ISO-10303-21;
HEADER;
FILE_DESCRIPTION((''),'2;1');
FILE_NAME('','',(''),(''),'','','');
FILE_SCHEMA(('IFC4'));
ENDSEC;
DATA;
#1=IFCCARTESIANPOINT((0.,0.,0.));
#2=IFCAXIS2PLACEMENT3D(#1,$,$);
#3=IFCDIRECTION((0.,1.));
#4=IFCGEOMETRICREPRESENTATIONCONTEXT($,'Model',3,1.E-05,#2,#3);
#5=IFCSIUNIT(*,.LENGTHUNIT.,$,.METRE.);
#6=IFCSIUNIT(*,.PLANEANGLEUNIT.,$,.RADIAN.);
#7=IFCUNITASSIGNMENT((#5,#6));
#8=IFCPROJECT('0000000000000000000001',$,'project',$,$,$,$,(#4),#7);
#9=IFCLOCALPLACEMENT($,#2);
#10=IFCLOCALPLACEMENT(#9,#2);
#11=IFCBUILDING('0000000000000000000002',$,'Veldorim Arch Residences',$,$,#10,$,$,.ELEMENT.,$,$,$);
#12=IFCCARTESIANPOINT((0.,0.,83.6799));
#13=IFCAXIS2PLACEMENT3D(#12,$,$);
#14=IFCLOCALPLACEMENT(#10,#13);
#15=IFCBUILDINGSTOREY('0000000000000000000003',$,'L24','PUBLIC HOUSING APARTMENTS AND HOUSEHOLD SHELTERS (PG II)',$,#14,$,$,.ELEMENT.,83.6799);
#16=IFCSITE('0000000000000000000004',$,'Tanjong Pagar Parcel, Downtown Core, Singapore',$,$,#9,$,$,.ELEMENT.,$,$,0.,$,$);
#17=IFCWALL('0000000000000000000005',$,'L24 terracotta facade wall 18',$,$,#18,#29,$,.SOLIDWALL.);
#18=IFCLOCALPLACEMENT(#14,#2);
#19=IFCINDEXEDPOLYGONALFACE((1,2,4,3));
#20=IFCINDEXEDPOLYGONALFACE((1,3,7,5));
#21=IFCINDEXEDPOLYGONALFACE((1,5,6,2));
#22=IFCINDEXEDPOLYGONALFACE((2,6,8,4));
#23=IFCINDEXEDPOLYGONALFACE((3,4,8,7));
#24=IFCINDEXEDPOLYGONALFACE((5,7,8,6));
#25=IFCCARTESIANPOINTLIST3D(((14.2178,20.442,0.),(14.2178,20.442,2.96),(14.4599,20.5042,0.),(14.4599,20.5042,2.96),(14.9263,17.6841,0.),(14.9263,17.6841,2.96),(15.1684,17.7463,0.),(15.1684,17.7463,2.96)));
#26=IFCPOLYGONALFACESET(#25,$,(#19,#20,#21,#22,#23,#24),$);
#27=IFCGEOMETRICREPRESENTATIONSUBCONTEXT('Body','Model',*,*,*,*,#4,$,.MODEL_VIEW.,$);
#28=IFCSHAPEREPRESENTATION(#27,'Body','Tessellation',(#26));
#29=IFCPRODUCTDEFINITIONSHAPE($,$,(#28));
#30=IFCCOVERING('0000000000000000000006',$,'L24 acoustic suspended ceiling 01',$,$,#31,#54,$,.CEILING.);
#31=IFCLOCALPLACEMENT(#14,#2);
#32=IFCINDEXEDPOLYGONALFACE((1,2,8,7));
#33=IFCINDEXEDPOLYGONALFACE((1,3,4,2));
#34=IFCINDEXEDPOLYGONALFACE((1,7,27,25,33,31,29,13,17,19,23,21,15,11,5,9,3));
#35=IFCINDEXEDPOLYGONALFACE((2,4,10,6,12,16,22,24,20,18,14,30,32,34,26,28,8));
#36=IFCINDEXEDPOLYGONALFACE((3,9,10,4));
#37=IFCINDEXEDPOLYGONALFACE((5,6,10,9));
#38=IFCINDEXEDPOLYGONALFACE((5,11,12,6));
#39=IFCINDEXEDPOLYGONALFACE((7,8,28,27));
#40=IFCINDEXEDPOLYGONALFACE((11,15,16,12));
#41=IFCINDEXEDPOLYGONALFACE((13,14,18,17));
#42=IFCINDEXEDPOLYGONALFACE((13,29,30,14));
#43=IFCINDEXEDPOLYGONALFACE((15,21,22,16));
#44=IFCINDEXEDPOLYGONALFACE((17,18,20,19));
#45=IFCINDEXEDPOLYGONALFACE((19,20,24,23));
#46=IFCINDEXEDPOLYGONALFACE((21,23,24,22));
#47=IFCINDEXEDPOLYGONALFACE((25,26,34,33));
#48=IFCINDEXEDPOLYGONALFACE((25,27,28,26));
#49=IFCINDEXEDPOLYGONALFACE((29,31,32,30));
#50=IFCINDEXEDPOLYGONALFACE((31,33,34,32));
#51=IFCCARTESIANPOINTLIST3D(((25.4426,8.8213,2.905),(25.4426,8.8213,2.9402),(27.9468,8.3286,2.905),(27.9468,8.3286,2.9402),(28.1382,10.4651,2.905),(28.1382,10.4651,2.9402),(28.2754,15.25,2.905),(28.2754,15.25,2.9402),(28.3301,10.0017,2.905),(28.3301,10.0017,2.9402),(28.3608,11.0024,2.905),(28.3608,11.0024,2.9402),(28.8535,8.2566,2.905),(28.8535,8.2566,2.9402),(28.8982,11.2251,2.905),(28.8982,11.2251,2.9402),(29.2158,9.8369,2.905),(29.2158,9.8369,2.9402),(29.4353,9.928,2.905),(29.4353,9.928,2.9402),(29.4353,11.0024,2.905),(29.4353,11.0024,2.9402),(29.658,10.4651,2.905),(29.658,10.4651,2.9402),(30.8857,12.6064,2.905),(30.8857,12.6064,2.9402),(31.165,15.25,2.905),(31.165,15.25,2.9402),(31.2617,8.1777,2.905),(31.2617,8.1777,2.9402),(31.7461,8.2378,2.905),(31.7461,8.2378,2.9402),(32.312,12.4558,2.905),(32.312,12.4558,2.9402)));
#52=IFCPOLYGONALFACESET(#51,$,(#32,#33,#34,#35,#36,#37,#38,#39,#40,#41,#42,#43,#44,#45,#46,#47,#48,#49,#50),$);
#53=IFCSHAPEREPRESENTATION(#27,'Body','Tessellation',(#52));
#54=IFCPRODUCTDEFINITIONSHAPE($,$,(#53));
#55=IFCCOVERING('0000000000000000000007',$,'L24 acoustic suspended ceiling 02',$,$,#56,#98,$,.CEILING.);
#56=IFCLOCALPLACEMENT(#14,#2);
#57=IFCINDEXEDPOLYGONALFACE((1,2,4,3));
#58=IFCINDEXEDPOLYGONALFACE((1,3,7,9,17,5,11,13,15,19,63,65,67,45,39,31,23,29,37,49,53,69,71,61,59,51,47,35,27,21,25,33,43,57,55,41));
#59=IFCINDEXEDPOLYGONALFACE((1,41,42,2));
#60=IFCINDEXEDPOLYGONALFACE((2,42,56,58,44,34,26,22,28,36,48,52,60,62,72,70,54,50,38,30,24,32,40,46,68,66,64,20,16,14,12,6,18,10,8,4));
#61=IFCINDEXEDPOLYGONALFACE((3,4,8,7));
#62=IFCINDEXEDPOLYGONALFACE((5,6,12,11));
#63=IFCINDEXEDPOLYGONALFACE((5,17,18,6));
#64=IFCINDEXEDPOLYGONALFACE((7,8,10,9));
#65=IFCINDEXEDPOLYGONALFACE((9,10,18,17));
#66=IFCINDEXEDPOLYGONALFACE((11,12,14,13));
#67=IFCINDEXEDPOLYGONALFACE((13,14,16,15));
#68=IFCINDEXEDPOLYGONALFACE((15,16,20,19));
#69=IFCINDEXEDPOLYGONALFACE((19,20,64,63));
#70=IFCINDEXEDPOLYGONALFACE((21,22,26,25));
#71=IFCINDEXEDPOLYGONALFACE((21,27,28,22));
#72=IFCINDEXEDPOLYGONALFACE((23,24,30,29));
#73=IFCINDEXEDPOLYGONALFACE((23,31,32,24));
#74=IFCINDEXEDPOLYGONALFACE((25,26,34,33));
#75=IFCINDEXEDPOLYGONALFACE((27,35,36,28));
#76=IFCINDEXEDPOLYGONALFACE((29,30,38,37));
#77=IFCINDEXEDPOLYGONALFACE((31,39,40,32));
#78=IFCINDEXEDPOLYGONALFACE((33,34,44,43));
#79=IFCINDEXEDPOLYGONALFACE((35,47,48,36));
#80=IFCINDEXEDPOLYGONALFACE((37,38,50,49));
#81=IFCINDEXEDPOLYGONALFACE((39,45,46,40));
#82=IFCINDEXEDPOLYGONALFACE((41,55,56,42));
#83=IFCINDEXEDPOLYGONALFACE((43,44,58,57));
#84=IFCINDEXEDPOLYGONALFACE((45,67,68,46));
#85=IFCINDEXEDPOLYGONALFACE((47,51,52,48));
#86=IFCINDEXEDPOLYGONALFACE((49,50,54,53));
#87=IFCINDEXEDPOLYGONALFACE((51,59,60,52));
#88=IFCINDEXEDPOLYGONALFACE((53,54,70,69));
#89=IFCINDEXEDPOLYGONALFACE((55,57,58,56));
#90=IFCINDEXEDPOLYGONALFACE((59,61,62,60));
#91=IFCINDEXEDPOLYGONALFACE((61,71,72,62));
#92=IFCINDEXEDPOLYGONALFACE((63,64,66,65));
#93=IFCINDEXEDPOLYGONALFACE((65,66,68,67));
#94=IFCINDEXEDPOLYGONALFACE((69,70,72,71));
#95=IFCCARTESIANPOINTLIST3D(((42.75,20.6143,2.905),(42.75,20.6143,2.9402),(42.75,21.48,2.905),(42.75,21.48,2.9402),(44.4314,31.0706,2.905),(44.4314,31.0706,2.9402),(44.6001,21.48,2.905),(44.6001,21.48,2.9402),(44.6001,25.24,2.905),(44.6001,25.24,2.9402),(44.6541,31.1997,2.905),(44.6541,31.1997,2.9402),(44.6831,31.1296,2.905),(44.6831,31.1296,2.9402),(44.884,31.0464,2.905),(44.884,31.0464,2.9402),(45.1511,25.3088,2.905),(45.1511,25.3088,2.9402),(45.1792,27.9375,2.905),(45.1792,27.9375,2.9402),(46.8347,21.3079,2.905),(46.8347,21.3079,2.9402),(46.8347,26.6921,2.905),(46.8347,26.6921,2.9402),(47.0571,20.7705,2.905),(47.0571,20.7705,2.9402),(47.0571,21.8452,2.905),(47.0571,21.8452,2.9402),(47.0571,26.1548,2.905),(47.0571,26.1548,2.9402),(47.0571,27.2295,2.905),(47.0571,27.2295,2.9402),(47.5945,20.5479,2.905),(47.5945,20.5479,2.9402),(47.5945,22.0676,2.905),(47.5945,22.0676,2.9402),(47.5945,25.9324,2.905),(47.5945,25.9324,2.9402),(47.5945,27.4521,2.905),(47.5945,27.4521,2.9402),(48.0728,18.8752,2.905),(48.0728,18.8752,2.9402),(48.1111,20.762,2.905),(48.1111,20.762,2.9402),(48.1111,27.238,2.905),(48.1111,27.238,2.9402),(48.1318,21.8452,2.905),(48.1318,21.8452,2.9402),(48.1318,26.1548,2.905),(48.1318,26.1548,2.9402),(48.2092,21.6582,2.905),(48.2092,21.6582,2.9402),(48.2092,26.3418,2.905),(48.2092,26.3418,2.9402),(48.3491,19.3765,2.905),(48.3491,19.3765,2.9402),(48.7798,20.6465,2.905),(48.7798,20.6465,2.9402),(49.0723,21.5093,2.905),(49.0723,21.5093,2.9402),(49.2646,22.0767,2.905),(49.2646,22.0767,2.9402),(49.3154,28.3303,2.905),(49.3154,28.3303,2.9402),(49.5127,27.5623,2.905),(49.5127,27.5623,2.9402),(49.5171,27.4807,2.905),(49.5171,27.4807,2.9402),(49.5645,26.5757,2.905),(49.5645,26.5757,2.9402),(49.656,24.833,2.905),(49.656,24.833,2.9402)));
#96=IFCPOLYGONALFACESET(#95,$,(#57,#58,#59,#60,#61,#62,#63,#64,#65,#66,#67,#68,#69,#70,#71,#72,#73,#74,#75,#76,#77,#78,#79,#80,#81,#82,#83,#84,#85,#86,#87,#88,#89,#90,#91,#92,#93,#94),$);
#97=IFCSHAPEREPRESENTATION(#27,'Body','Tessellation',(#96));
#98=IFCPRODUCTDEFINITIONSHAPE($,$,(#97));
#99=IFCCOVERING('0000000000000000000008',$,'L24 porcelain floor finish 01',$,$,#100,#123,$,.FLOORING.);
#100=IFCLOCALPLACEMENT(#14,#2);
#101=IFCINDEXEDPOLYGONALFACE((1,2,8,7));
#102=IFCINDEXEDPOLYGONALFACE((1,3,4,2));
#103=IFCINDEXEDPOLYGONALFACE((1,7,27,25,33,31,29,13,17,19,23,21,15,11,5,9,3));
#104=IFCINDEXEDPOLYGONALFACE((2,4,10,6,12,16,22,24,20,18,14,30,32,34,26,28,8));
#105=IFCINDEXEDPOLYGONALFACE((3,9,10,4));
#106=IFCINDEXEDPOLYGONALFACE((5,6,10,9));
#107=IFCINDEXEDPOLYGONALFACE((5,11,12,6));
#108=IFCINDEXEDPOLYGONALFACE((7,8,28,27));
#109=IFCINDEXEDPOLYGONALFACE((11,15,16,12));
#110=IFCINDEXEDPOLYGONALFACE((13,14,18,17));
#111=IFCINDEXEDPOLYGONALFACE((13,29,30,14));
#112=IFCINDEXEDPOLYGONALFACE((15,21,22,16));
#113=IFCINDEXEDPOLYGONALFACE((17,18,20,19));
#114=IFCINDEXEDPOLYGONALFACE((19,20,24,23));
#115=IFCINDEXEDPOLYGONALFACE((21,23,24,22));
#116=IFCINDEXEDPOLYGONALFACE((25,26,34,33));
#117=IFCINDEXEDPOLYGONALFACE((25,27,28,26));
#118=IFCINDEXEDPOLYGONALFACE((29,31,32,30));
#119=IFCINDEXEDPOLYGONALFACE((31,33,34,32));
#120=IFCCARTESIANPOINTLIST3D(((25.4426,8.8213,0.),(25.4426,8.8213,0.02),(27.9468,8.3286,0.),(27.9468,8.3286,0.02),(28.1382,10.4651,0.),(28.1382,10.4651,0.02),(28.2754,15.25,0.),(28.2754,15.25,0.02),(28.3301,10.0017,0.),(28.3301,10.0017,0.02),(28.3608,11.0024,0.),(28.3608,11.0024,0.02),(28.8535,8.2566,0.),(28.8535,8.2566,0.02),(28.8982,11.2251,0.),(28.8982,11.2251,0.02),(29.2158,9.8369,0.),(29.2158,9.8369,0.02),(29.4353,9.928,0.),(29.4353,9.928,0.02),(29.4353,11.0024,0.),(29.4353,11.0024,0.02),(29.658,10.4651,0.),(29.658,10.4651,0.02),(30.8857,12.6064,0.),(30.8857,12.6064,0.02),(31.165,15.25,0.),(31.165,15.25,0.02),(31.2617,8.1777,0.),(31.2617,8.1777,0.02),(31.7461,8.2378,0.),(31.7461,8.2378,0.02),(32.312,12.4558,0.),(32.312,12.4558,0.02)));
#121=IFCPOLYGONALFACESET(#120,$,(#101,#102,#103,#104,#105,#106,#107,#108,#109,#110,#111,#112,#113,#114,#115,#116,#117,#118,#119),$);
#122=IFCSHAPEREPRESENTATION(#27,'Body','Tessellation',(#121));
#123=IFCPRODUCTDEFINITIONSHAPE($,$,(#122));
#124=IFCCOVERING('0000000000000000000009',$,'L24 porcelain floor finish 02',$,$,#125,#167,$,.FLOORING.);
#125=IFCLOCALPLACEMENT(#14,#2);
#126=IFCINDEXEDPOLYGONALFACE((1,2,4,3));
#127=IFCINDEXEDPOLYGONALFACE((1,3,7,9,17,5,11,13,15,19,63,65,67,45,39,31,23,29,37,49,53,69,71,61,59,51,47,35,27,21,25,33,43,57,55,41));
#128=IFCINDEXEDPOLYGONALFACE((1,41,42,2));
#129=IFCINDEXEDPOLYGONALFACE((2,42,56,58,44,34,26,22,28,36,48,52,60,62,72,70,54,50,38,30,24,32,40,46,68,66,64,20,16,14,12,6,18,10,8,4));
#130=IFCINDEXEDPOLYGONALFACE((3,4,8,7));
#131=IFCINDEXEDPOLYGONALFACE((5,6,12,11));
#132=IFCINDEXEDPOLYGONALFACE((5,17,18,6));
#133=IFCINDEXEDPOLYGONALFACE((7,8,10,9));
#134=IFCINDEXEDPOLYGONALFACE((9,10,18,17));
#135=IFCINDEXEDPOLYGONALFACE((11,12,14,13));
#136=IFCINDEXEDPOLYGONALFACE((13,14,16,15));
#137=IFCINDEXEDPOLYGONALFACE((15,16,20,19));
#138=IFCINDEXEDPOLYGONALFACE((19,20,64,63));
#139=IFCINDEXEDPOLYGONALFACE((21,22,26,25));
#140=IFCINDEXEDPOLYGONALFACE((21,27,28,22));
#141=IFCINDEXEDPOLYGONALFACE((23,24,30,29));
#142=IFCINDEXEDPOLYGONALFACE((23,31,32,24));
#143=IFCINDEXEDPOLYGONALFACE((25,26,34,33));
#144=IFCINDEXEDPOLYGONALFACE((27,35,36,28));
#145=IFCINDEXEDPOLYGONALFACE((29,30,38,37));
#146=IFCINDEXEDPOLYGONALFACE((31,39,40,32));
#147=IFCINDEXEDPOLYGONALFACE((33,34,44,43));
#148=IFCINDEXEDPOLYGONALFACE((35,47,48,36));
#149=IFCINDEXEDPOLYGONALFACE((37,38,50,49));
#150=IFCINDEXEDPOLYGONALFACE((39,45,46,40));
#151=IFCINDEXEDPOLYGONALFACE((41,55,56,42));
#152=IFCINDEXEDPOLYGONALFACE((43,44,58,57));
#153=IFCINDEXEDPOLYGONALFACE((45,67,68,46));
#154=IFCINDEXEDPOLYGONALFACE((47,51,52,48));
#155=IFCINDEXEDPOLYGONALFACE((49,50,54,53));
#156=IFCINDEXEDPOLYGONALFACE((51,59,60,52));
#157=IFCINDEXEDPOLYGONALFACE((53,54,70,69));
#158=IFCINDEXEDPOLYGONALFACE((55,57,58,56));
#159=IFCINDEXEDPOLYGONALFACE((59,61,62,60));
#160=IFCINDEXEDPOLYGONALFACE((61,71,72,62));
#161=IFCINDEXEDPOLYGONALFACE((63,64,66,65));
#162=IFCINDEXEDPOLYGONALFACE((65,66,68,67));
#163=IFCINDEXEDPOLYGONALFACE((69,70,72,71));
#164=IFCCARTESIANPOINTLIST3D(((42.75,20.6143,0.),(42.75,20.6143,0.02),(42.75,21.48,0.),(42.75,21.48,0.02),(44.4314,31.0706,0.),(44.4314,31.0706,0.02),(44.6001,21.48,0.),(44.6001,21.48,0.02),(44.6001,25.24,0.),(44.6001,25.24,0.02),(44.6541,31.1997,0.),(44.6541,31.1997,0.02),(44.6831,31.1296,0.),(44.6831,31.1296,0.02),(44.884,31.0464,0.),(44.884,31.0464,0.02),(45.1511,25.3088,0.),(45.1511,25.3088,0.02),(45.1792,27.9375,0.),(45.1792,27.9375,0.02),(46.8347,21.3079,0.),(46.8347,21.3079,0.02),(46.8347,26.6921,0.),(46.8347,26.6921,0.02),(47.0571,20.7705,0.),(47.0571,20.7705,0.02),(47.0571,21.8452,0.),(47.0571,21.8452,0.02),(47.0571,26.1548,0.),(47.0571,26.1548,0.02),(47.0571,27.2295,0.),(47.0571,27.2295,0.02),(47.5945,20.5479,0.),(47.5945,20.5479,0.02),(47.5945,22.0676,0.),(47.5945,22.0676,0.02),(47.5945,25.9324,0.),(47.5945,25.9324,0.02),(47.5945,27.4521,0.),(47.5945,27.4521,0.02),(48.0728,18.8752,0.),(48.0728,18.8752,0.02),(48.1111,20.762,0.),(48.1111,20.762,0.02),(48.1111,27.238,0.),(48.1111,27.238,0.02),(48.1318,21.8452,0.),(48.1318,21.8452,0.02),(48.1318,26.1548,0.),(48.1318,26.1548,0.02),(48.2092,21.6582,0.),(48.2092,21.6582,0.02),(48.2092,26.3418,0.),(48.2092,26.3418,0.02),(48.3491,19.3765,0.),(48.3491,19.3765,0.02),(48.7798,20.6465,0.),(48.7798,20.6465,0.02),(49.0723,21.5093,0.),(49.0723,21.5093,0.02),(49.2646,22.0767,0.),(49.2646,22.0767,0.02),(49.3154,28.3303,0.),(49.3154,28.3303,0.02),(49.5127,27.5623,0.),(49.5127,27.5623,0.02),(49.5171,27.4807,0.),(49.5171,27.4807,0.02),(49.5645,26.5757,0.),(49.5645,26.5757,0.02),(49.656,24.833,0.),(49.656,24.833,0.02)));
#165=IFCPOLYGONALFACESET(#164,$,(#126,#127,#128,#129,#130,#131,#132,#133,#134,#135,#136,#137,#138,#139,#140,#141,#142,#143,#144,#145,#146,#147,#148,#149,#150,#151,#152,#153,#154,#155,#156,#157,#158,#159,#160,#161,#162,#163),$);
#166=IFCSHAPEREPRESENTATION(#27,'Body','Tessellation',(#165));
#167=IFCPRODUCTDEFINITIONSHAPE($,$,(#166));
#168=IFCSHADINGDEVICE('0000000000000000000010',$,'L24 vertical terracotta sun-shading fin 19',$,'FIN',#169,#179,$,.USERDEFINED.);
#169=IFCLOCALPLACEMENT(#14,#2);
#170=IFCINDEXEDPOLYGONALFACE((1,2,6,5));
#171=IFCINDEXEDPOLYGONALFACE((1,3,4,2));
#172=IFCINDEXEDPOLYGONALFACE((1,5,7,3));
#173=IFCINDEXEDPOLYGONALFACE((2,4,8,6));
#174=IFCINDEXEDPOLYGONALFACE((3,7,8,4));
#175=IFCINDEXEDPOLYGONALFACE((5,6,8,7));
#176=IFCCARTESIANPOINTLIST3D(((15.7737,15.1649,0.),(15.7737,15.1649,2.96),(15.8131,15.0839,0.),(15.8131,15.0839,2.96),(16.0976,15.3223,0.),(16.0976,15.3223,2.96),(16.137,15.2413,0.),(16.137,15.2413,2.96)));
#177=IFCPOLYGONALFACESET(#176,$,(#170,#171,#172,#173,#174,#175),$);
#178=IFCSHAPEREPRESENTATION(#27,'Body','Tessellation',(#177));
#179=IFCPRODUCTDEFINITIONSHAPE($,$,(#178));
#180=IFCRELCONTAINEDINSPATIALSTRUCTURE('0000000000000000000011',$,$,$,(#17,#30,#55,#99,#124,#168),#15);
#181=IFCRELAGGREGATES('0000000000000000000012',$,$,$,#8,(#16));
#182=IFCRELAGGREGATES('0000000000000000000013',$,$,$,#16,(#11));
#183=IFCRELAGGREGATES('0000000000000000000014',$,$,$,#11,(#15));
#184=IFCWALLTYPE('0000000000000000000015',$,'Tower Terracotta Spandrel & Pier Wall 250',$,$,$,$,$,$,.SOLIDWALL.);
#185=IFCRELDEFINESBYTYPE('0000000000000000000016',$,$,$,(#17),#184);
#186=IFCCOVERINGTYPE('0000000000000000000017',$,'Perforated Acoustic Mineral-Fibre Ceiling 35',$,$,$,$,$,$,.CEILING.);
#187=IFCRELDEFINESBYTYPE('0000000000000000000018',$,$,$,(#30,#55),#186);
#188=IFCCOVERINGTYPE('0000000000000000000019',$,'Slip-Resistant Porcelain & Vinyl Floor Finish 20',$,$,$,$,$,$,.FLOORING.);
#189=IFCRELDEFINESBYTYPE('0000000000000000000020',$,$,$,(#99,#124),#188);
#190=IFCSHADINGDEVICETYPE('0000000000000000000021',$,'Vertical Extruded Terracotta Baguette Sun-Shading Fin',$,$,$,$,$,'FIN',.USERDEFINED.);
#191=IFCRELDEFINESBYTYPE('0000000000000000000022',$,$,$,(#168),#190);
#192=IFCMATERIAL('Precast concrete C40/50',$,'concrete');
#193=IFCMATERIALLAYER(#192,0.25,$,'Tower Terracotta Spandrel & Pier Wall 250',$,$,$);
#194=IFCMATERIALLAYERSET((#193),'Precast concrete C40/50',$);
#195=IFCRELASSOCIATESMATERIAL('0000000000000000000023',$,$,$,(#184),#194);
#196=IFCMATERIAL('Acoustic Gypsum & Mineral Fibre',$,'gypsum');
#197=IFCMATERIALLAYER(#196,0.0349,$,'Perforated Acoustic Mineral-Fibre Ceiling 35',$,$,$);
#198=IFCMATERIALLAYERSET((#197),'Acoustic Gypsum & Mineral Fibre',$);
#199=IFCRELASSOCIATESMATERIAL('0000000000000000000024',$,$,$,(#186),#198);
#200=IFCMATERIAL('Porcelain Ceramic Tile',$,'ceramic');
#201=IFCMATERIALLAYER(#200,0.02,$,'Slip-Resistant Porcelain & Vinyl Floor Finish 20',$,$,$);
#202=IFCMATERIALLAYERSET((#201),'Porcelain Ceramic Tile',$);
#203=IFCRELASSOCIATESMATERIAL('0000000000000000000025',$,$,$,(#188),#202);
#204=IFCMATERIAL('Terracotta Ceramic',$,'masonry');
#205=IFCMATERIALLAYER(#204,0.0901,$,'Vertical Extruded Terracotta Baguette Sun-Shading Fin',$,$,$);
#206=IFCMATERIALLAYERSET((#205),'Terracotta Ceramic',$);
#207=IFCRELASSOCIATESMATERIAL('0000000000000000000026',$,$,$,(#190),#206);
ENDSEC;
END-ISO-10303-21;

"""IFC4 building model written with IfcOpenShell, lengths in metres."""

from ifc_helpers import new_model, si_unit, direction, frame, frame_2d, origin, origin_2d, place, context, subcontext, project, spatial, polyline, rectangle, outline, extrude, material, layer, layer_set, type_object, element, save


model = new_model("IFC4")

# Units and contexts
model_context = context("Model", 3, precision=1e-05, world=origin(), true_north=direction((0.0, 1.0)))
body_context = subcontext(model_context, "Body", "Model", "MODEL_VIEW")
ifc_project = project(units=[si_unit("LENGTHUNIT", "METRE"), si_unit("PLANEANGLEUNIT", "RADIAN")], contexts=[model_context])

# Site, building, storey
site_placement = place(None, origin())
site = spatial("IfcSite", under=ifc_project, at=site_placement, Name="Tanjong Pagar Parcel, Downtown Core, Singapore", CompositionType="ELEMENT", RefElevation=0.0)
building_placement = place(site_placement, origin())
building = spatial("IfcBuilding", under=site, at=building_placement, Name="Veldorim Arch Residences", CompositionType="ELEMENT")
storey_placement = place(building_placement, frame((0.0, 0.0, 83.6799)))
storey = spatial("IfcBuildingStorey", under=building, at=storey_placement, Name="L24", Description="PUBLIC HOUSING APARTMENTS AND HOUSEHOLD SHELTERS (PG II)", CompositionType="ELEMENT", Elevation=83.6799)

# Wall
ifc_material_1 = material(Name="Precast concrete C40/50", Category="concrete")
ifc_layer_1 = layer(ifc_material_1, 0.25, Name="Tower Terracotta Spandrel & Pier Wall 250")
ifc_layer_set_1 = layer_set([ifc_layer_1], Name="Precast concrete C40/50")
wall_type_1 = type_object("IfcWallType", Name="Tower Terracotta Spandrel & Pier Wall 250", PredefinedType="SOLIDWALL", material=ifc_layer_set_1)
wall_1_placement = place(storey_placement, frame((15.0474, 17.7151, 0.0), z_axis=(0.0, 0.0, 1.0), x_axis=(-0.248825, 0.968548, 0.0)))
element("IfcWall", 1, at=wall_1_placement, inside=storey, type_object=wall_type_1, Name="L24 terracotta facade wall 18", PredefinedType="SOLIDWALL", context=body_context, shape_type="SweptSolid", body=[
    extrude(rectangle(XDim=2.8474, YDim=0.25, at=frame_2d((1.4238, 0.0))), origin(), (0.0, 0.0, 1.0), 2.96),
])

# Coverings
ifc_material_2 = material(Name="Acoustic Gypsum & Mineral Fibre", Category="gypsum")
ifc_layer_2 = layer(ifc_material_2, 0.0349, Name="Perforated Acoustic Mineral-Fibre Ceiling 35")
ifc_layer_set_2 = layer_set([ifc_layer_2], Name="Acoustic Gypsum & Mineral Fibre")
covering_type_1 = type_object("IfcCoveringType", Name="Perforated Acoustic Mineral-Fibre Ceiling 35", PredefinedType="CEILING", material=ifc_layer_set_2)
covering_1_placement = place(storey_placement, frame((0.0, 0.0, 2.905)))
element("IfcCovering", 2, at=covering_1_placement, inside=storey, type_object=covering_type_1, Name="L24 acoustic suspended ceiling 01", PredefinedType="CEILING", context=body_context, shape_type="SweptSolid", body=[
    extrude(outline(polyline([(27.9468, 8.3286), (25.4426, 8.8213), (28.2754, 15.25), (31.165, 15.25), (30.8857, 12.6064), (32.312, 12.4558), (31.7461, 8.2378), (31.2617, 8.1777), (28.8535, 8.2566), (29.2158, 9.8369), (29.4353, 9.928), (29.658, 10.4651), (29.4353, 11.0024), (28.8982, 11.2251), (28.3608, 11.0024), (28.1382, 10.4651), (28.3301, 10.0017), (27.9468, 8.3286)])), origin(), (0.0, 0.0, 1.0), 0.0352),
])
covering_2_placement = place(storey_placement, frame((0.0, 0.0, 2.905)))
element("IfcCovering", 3, at=covering_2_placement, inside=storey, type_object=covering_type_1, Name="L24 acoustic suspended ceiling 02", PredefinedType="CEILING", context=body_context, shape_type="SweptSolid", body=[
    extrude(outline(polyline([(47.5945, 25.9324), (48.1318, 26.1548), (48.2092, 26.3418), (49.5645, 26.5757), (49.656, 24.833), (49.2646, 22.0767), (49.0723, 21.5093), (48.2092, 21.6582), (48.1318, 21.8452), (47.5945, 22.0676), (47.0571, 21.8452), (46.8347, 21.3079), (47.0571, 20.7705), (47.5945, 20.5479), (48.1111, 20.762), (48.7798, 20.6465), (48.3491, 19.3765), (48.0728, 18.8752), (42.75, 20.6143), (42.75, 21.48), (44.6001, 21.48), (44.6001, 25.24), (45.1511, 25.3088), (44.4314, 31.0706), (44.6541, 31.1997), (44.6831, 31.1296), (44.884, 31.0464), (45.1792, 27.9375), (49.3154, 28.3303), (49.5127, 27.5623), (49.5171, 27.4807), (48.1111, 27.238), (47.5945, 27.4521), (47.0571, 27.2295), (46.8347, 26.6921), (47.0571, 26.1548), (47.5945, 25.9324)])), origin(), (0.0, 0.0, 1.0), 0.0352),
])
ifc_material_3 = material(Name="Porcelain Ceramic Tile", Category="ceramic")
ifc_layer_3 = layer(ifc_material_3, 0.02, Name="Slip-Resistant Porcelain & Vinyl Floor Finish 20")
ifc_layer_set_3 = layer_set([ifc_layer_3], Name="Porcelain Ceramic Tile")
covering_type_2 = type_object("IfcCoveringType", Name="Slip-Resistant Porcelain & Vinyl Floor Finish 20", PredefinedType="FLOORING", material=ifc_layer_set_3)
covering_3_placement = place(storey_placement, origin())
element("IfcCovering", 4, at=covering_3_placement, inside=storey, type_object=covering_type_2, Name="L24 porcelain floor finish 01", PredefinedType="FLOORING", context=body_context, shape_type="SweptSolid", body=[
    extrude(outline(polyline([(27.9468, 8.3286), (25.4426, 8.8213), (28.2754, 15.25), (31.165, 15.25), (30.8857, 12.6064), (32.312, 12.4558), (31.7461, 8.2378), (31.2617, 8.1777), (28.8535, 8.2566), (29.2158, 9.8369), (29.4353, 9.928), (29.658, 10.4651), (29.4353, 11.0024), (28.8982, 11.2251), (28.3608, 11.0024), (28.1382, 10.4651), (28.3301, 10.0017), (27.9468, 8.3286)])), origin(), (0.0, 0.0, 1.0), 0.02),
])
covering_4_placement = place(storey_placement, origin())
element("IfcCovering", 5, at=covering_4_placement, inside=storey, type_object=covering_type_2, Name="L24 porcelain floor finish 02", PredefinedType="FLOORING", context=body_context, shape_type="SweptSolid", body=[
    extrude(outline(polyline([(47.5945, 25.9324), (48.1318, 26.1548), (48.2092, 26.3418), (49.5645, 26.5757), (49.656, 24.833), (49.2646, 22.0767), (49.0723, 21.5093), (48.2092, 21.6582), (48.1318, 21.8452), (47.5945, 22.0676), (47.0571, 21.8452), (46.8347, 21.3079), (47.0571, 20.7705), (47.5945, 20.5479), (48.1111, 20.762), (48.7798, 20.6465), (48.3491, 19.3765), (48.0728, 18.8752), (42.75, 20.6143), (42.75, 21.48), (44.6001, 21.48), (44.6001, 25.24), (45.1511, 25.3088), (44.4314, 31.0706), (44.6541, 31.1997), (44.6831, 31.1296), (44.884, 31.0464), (45.1792, 27.9375), (49.3154, 28.3303), (49.5127, 27.5623), (49.5171, 27.4807), (48.1111, 27.238), (47.5945, 27.4521), (47.0571, 27.2295), (46.8347, 26.6921), (47.0571, 26.1548), (47.5945, 25.9324)])), origin(), (0.0, 0.0, 1.0), 0.02),
])

# Shading device
ifc_material_4 = material(Name="Terracotta Ceramic", Category="masonry")
ifc_layer_4 = layer(ifc_material_4, 0.0901, Name="Vertical Extruded Terracotta Baguette Sun-Shading Fin")
ifc_layer_set_4 = layer_set([ifc_layer_4], Name="Terracotta Ceramic")
shading_device_type = type_object("IfcShadingDeviceType", Name="Vertical Extruded Terracotta Baguette Sun-Shading Fin", ElementType="FIN", PredefinedType="USERDEFINED", material=ifc_layer_set_4)
shading_device_placement = place(storey_placement, frame((15.9553, 15.2031, 0.0), z_axis=(0.0, 0.0, 1.0), x_axis=(-0.437116, 0.899405, 0.0)))
element("IfcShadingDevice", 6, at=shading_device_placement, inside=storey, type_object=shading_device_type, Name="L24 vertical terracotta sun-shading fin 19", ObjectType="FIN", PredefinedType="USERDEFINED", context=body_context, shape_type="SweptSolid", body=[
    extrude(rectangle(XDim=0.0901, YDim=0.3601, at=origin_2d()), origin(), (0.0, 0.0, 1.0), 2.96),
])

save(model, "model.ifc")
